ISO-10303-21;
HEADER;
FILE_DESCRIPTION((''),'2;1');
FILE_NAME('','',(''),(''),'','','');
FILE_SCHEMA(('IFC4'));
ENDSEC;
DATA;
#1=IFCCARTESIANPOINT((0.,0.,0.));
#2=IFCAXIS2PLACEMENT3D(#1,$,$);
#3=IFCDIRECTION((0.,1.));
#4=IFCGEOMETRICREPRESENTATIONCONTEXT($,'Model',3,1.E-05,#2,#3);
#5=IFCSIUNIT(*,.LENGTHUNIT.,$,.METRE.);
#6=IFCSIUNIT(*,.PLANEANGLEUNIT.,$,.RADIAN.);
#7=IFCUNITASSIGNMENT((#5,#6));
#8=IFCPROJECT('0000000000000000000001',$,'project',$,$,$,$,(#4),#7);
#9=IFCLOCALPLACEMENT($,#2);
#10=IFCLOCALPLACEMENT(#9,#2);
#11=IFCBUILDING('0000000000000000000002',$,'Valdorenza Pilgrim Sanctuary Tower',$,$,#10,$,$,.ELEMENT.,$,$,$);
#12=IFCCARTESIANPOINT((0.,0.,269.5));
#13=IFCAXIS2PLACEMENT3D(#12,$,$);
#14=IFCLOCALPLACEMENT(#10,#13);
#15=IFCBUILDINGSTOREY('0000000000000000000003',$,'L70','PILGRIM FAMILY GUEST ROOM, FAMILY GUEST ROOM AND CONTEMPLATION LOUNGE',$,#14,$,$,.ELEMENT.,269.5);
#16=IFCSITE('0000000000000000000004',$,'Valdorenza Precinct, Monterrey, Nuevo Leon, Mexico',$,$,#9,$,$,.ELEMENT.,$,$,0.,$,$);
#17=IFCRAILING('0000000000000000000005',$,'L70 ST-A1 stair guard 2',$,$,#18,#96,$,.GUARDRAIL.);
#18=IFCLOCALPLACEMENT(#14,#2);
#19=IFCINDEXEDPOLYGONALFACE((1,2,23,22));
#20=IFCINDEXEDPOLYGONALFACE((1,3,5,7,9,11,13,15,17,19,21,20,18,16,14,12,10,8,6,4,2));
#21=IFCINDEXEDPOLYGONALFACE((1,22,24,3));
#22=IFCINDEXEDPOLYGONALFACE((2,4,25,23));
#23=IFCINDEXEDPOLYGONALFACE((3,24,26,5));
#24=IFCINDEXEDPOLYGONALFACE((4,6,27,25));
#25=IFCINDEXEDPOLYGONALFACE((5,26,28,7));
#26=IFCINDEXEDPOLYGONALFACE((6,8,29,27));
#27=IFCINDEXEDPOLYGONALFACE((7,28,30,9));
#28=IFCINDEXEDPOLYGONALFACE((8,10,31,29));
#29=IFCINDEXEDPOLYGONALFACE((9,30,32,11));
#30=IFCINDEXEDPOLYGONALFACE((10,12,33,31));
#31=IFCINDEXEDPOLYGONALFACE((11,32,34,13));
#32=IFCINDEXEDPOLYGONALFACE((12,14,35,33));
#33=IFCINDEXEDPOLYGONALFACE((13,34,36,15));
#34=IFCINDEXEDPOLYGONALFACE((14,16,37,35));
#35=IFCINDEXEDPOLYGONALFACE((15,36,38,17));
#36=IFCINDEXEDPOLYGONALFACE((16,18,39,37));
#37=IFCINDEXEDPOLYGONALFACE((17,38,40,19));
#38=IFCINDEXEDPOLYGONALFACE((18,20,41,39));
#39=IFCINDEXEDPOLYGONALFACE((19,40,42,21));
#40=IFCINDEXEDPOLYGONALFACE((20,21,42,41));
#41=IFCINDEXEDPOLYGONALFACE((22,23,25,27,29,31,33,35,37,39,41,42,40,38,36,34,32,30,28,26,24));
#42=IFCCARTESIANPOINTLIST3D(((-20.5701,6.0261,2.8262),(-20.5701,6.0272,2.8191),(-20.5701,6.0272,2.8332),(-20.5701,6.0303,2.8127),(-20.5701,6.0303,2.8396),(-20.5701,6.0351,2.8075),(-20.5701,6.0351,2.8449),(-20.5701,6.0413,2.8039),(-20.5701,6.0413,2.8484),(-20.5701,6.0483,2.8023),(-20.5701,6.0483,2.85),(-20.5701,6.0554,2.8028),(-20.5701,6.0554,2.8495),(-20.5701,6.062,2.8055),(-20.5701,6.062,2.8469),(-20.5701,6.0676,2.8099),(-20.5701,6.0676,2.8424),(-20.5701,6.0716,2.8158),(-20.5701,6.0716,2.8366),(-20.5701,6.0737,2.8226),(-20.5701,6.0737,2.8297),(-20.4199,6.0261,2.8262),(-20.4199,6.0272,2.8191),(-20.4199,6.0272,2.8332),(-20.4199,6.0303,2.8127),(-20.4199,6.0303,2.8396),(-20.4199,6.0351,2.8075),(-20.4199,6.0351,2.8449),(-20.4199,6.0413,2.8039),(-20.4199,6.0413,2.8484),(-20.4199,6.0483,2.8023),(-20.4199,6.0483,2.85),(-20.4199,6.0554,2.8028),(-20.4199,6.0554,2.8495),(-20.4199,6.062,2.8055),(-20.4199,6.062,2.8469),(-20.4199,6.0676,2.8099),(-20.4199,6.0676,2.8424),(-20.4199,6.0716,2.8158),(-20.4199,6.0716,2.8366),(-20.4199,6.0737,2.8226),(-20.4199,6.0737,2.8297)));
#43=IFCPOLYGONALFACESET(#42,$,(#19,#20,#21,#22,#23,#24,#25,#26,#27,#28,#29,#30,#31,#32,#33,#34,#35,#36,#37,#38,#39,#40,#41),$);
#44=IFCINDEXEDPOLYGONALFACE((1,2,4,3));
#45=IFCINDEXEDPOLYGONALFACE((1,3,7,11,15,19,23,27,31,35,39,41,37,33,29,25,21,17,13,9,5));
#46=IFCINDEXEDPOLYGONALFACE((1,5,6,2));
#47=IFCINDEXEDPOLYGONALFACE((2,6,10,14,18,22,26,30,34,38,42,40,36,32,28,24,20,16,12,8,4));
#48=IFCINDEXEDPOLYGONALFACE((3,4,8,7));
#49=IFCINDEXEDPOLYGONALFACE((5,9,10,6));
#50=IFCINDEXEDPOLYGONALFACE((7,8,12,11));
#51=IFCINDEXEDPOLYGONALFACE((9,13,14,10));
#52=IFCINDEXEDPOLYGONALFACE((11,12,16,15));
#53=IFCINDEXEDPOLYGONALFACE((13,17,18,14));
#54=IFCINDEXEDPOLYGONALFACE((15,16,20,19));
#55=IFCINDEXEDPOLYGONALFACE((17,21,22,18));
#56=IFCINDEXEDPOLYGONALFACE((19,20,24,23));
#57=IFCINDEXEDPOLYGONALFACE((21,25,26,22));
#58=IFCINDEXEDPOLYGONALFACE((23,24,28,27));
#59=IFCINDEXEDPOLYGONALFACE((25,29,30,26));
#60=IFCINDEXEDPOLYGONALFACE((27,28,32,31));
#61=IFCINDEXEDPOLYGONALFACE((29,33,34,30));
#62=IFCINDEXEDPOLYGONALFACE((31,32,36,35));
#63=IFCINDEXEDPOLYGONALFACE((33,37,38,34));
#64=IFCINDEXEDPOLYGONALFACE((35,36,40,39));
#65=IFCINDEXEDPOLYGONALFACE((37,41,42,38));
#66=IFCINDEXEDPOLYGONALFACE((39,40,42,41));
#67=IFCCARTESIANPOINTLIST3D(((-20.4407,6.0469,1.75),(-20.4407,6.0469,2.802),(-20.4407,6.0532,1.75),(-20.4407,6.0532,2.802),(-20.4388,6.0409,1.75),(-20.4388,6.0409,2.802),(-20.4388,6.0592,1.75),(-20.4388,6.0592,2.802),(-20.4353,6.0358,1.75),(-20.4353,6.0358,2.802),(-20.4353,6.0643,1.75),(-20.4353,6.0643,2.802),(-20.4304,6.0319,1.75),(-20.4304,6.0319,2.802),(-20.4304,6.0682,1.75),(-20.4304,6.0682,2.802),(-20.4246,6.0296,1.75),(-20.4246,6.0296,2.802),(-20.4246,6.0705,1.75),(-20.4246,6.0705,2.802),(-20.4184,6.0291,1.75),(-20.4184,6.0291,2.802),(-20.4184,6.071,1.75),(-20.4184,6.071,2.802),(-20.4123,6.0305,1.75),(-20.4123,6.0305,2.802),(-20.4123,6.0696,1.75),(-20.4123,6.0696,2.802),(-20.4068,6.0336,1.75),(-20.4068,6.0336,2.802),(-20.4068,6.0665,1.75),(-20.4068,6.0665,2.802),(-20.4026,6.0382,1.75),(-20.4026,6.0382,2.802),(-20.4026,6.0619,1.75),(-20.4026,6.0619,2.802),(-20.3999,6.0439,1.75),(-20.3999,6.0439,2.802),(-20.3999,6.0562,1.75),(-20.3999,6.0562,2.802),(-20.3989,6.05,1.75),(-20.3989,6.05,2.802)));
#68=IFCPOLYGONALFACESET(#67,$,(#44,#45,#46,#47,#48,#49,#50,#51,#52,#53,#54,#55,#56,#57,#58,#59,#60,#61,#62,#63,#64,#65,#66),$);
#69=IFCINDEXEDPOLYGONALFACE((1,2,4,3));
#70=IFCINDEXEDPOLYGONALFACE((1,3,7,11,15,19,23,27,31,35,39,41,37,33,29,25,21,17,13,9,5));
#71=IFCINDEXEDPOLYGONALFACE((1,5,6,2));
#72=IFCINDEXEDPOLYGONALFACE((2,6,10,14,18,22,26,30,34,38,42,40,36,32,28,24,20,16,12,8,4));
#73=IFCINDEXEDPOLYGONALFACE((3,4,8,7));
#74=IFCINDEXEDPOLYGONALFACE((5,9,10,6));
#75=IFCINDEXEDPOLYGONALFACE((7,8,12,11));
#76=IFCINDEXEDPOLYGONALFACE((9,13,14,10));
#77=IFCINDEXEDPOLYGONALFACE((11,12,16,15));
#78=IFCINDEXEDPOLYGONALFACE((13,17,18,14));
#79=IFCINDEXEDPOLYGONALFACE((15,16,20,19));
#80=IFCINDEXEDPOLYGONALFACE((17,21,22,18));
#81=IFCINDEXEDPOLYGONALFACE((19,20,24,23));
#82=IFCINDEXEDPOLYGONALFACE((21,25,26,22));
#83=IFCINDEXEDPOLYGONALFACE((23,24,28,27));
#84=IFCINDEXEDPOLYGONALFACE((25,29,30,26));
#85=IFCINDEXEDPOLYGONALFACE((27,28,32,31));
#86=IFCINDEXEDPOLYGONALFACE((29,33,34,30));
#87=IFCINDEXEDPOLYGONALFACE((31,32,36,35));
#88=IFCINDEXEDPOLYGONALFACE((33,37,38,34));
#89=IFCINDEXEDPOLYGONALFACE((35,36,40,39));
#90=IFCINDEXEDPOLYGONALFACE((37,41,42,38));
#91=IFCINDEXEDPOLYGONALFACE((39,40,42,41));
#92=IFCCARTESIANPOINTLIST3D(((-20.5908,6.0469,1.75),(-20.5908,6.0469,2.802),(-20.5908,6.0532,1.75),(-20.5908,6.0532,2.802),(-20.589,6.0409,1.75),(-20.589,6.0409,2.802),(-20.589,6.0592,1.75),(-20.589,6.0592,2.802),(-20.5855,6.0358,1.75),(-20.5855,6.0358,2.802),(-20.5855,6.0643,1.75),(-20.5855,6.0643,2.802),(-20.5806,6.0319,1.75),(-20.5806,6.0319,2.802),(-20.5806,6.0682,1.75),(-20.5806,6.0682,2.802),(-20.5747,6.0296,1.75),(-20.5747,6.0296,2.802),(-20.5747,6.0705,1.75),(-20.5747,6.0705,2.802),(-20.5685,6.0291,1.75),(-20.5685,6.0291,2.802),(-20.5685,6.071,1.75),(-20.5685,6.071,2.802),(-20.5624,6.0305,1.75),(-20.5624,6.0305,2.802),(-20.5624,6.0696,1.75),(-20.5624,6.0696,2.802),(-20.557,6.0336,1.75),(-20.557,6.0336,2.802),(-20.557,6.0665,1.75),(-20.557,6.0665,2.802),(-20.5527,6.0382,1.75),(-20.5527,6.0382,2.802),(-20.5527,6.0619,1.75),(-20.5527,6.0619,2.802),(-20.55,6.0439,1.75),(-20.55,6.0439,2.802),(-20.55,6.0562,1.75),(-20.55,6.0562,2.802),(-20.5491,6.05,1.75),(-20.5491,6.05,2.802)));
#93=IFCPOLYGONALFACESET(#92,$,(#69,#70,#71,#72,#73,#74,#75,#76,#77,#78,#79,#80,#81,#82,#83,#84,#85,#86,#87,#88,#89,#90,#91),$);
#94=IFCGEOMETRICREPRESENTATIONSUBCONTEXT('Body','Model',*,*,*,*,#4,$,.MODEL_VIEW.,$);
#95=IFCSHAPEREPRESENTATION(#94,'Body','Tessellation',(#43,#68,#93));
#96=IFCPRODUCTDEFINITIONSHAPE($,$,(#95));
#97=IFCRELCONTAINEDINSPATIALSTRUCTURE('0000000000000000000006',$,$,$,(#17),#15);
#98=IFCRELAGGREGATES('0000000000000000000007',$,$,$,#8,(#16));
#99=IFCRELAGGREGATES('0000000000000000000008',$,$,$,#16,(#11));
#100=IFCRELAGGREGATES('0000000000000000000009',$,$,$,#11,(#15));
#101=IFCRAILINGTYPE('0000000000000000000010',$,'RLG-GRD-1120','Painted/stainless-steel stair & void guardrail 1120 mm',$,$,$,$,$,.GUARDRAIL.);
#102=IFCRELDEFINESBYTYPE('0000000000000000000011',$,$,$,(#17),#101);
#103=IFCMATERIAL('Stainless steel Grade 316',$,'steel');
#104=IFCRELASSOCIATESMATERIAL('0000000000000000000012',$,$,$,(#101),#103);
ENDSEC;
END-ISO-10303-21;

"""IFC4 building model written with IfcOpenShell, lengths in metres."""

from ifc_helpers import new_model, si_unit, direction, frame, origin, origin_2d, place, context, subcontext, project, spatial, circle, extrude, material, type_object, element, save


model = new_model("IFC4")

# Units and contexts
model_context = context("Model", 3, precision=1e-05, world=origin(), true_north=direction((0.0, 1.0)))
body_context = subcontext(model_context, "Body", "Model", "MODEL_VIEW")
ifc_project = project(units=[si_unit("LENGTHUNIT", "METRE"), si_unit("PLANEANGLEUNIT", "RADIAN")], contexts=[model_context])

# Site, building, storey
site_placement = place(None, origin())
site = spatial("IfcSite", under=ifc_project, at=site_placement, Name="Valdorenza Precinct, Monterrey, Nuevo Leon, Mexico", CompositionType="ELEMENT", RefElevation=0.0)
building_placement = place(site_placement, origin())
building = spatial("IfcBuilding", under=site, at=building_placement, Name="Valdorenza Pilgrim Sanctuary Tower", CompositionType="ELEMENT")
storey_placement = place(building_placement, frame((0.0, 0.0, 269.5)))
storey = spatial("IfcBuildingStorey", under=building, at=storey_placement, Name="L70", Description="PILGRIM FAMILY GUEST ROOM, FAMILY GUEST ROOM AND CONTEMPLATION LOUNGE", CompositionType="ELEMENT", Elevation=269.5)

# Railing
ifc_material_1 = material(Name="Stainless steel Grade 316", Category="steel")
railing_type_1 = type_object("IfcRailingType", Name="RLG-GRD-1120", Description="Painted/stainless-steel stair & void guardrail 1120 mm", PredefinedType="GUARDRAIL", material=ifc_material_1)
railing_1_placement = place(storey_placement, frame((-20.4199, 6.05, 1.75)))
element("IfcRailing", 1, at=railing_1_placement, inside=storey, type_object=railing_type_1, Name="L70 ST-A1 stair guard 2", PredefinedType="GUARDRAIL", context=body_context, shape_type="SweptSolid", body=[
    extrude(circle(Radius=0.0239, at=origin_2d()), frame((0.0, 0.0, 1.0762), z_axis=(-1.0, 0.0, 0.0), x_axis=(0.0, -1.0, 0.0)), (0.0, 0.0, 1.0), 0.1501),
    extrude(circle(Radius=0.021, at=origin_2d()), origin(), (0.0, 0.0, 1.0), 1.052),
    extrude(circle(Radius=0.021, at=origin_2d()), frame((-0.1501, 0.0, 0.0)), (0.0, 0.0, 1.0), 1.052),
])

save(model, "model.ifc")
